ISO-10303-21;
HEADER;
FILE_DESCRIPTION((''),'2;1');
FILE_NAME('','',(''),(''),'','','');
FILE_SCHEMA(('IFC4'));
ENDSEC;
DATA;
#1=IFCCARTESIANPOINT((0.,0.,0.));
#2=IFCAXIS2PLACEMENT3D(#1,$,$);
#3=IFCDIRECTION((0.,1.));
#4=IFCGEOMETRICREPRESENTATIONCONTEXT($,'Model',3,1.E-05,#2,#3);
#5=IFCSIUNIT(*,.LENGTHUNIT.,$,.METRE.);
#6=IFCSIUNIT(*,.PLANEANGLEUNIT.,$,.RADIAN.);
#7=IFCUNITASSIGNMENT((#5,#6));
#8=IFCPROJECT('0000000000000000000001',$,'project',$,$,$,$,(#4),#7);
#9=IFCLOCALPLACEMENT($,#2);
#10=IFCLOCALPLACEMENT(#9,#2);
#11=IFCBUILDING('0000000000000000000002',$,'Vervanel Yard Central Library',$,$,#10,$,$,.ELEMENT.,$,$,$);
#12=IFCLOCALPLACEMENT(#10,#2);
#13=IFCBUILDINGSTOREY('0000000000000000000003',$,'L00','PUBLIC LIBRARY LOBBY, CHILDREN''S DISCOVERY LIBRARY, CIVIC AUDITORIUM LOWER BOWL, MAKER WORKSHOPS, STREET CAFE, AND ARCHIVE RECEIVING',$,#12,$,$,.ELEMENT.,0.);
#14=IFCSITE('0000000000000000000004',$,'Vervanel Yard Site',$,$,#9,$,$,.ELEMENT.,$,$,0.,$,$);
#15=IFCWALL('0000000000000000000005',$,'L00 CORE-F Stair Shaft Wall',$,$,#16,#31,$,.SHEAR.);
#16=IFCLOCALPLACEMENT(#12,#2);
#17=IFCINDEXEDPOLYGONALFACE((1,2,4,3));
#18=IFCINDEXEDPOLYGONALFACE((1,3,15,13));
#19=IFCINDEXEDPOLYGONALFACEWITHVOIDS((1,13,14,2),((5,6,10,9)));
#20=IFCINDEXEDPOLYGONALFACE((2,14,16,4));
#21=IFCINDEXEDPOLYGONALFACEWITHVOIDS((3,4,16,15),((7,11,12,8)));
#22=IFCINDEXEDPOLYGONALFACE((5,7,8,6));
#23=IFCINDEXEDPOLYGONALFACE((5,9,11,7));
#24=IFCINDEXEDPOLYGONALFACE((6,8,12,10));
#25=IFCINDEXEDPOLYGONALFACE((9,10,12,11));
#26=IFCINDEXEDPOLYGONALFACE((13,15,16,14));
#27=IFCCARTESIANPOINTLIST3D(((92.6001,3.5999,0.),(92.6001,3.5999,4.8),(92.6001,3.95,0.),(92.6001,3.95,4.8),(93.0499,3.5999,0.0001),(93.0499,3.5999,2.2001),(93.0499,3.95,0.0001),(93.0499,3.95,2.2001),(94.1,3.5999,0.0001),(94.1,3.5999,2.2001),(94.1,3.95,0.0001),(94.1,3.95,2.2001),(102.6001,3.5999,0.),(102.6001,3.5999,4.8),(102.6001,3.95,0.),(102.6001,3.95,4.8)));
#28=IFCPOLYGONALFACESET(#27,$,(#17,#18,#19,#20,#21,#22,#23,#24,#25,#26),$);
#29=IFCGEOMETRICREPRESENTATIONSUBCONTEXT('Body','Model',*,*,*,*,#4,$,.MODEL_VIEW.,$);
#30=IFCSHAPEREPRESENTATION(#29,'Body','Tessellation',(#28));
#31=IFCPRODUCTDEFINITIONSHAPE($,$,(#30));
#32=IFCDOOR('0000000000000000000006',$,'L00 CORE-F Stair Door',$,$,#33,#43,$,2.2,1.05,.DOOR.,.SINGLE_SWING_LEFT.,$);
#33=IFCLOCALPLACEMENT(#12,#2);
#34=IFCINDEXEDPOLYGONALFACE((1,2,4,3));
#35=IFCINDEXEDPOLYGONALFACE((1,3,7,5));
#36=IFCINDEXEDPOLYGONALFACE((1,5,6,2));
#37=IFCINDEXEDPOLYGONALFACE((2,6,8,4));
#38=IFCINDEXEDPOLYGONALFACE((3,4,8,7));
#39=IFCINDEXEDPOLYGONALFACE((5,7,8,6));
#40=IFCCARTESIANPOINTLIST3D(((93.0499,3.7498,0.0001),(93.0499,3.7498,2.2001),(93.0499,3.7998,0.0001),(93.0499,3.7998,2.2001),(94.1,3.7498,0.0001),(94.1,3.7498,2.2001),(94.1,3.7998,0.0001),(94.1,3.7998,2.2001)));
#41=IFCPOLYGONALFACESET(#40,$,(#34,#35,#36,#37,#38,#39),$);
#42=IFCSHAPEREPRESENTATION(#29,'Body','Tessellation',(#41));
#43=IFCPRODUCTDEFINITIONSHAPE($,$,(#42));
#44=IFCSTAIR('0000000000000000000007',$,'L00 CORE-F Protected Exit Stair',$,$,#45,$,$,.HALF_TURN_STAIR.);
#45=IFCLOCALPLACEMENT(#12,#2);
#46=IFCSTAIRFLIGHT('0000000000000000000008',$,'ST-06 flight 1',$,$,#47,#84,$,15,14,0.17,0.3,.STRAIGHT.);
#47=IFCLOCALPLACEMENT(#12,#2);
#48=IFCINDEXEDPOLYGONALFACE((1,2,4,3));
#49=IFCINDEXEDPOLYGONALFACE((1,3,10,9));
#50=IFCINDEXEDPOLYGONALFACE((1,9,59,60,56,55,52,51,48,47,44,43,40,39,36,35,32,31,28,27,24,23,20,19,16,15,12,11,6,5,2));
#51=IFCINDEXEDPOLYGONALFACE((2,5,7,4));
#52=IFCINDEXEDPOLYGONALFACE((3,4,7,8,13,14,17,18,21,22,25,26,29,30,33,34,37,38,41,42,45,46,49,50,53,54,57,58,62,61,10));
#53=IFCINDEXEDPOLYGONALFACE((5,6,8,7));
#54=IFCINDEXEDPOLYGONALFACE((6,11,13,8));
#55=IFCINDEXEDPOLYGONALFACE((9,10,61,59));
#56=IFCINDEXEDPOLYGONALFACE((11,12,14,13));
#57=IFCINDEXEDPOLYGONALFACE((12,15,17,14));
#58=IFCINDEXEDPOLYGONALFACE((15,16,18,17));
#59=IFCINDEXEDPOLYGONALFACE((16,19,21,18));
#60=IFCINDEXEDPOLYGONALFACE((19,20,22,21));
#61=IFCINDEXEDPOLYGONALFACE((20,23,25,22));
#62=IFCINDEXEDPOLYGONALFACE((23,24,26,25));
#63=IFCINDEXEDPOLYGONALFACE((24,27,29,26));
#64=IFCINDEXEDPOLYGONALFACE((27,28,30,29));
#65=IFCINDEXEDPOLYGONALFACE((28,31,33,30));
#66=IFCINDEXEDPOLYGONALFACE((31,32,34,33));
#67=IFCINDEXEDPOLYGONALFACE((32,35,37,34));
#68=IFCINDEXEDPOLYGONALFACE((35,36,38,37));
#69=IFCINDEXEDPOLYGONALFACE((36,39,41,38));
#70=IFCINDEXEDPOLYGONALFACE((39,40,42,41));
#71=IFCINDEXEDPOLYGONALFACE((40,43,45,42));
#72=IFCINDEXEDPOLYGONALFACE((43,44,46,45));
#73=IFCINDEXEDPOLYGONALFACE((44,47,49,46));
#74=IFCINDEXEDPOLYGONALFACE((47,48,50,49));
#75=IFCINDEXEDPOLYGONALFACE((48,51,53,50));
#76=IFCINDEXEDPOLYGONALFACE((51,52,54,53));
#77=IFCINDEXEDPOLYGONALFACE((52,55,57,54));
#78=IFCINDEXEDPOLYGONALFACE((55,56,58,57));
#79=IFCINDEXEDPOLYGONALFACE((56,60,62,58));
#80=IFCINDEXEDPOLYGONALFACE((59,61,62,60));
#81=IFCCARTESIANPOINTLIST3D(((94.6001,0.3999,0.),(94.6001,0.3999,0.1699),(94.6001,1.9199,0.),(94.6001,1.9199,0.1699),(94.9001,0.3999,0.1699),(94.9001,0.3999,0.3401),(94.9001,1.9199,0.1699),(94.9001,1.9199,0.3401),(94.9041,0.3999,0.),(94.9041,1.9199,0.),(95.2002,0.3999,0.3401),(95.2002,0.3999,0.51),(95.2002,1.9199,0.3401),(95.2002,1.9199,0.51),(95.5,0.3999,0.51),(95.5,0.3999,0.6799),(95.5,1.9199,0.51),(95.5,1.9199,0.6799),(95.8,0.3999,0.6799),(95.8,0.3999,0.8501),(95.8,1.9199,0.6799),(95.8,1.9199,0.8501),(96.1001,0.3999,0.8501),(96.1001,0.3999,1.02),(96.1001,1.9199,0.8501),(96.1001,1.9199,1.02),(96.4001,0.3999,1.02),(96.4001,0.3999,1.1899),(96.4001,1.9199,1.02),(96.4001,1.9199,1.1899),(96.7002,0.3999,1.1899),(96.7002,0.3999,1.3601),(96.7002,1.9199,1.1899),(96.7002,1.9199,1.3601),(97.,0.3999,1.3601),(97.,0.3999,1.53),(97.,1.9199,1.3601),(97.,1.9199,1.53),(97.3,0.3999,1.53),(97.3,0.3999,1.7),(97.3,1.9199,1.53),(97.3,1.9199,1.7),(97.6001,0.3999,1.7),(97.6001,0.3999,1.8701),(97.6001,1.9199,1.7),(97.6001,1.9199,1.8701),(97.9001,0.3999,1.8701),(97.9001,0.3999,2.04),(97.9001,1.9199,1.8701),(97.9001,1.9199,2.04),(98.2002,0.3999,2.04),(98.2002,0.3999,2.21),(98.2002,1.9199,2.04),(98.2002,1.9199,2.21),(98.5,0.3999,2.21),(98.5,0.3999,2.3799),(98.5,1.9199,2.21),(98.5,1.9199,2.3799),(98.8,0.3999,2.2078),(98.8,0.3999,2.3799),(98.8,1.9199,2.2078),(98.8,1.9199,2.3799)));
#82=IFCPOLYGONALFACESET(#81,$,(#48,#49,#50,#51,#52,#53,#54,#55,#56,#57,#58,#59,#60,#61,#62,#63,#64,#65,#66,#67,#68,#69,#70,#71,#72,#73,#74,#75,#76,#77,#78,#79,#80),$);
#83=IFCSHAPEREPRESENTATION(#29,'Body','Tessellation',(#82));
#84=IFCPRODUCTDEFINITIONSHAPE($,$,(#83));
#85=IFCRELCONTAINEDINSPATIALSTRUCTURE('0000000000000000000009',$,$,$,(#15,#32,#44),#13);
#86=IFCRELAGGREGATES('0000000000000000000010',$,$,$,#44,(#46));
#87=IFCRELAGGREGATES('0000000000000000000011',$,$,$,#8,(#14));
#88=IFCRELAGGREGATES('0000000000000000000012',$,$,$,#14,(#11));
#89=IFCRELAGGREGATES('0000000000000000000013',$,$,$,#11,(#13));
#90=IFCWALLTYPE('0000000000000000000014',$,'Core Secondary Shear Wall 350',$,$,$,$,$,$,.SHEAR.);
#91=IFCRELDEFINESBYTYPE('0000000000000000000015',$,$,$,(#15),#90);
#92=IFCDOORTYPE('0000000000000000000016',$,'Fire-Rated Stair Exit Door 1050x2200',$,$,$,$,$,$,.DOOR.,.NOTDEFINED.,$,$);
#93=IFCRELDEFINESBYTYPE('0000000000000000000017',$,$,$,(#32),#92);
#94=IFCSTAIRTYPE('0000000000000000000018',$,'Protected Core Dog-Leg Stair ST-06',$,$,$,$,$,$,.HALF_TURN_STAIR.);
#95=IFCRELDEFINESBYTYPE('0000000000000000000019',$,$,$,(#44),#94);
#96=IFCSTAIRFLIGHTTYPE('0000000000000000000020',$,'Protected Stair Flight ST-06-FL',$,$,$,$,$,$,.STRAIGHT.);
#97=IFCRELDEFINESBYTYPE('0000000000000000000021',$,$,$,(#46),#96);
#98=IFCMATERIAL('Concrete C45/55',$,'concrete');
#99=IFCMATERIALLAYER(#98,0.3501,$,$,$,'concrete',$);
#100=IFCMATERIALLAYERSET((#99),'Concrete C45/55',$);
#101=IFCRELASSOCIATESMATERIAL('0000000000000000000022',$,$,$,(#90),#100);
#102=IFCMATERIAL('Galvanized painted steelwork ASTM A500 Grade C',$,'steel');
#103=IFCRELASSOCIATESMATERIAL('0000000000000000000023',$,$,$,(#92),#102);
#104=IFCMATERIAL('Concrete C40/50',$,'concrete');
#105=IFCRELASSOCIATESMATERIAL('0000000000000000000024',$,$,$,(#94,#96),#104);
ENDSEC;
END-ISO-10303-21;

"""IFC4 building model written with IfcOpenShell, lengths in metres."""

from ifc_helpers import new_model, si_unit, direction, frame, frame_2d, origin, place, context, subcontext, project, spatial, polyline, rectangle, outline, extrude, material, layer, layer_set, type_object, element, fill, aggregate, save


model = new_model("IFC4")

# Units and contexts
model_context = context("Model", 3, precision=1e-05, world=origin(), true_north=direction((0.0, 1.0)))
body_context = subcontext(model_context, "Body", "Model", "MODEL_VIEW")
ifc_project = project(units=[si_unit("LENGTHUNIT", "METRE"), si_unit("PLANEANGLEUNIT", "RADIAN")], contexts=[model_context])

# Site, building, storey
site_placement = place(None, origin())
site = spatial("IfcSite", under=ifc_project, at=site_placement, Name="Vervanel Yard Site", CompositionType="ELEMENT", RefElevation=0.0)
building_placement = place(site_placement, origin())
building = spatial("IfcBuilding", under=site, at=building_placement, Name="Vervanel Yard Central Library", CompositionType="ELEMENT")
storey_placement = place(building_placement, origin())
storey = spatial("IfcBuildingStorey", under=building, at=storey_placement, Name="L00", Description="PUBLIC LIBRARY LOBBY, CHILDREN'S DISCOVERY LIBRARY, CIVIC AUDITORIUM LOWER BOWL, MAKER WORKSHOPS, STREET CAFE, AND ARCHIVE RECEIVING", CompositionType="ELEMENT", Elevation=0.0)

# Shared definitions
ifc_material_1 = material(Name="Concrete C40/50", Category="concrete")

# Shared definitions
ifc_material_2 = material(Name="Concrete C45/55", Category="concrete")

# Wall, opening, door
ifc_layer_1 = layer(ifc_material_2, 0.3501, Category="concrete")
ifc_layer_set_1 = layer_set([ifc_layer_1], Name="Concrete C45/55")
wall_type_1 = type_object("IfcWallType", Name="Core Secondary Shear Wall 350", PredefinedType="SHEAR", material=ifc_layer_set_1)
wall_1_placement = place(storey_placement, frame((92.6001, 3.7749, 0.0), z_axis=(0.0, 0.0, 1.0), x_axis=(1.0, 0.0, 0.0)))
wall_1 = element("IfcWall", 1, at=wall_1_placement, inside=storey, type_object=wall_type_1, Name="L00 CORE-F Stair Shaft Wall", PredefinedType="SHEAR", context=body_context, shape_type="SweptSolid", body=[
    extrude(rectangle(XDim=10.0, YDim=0.3501, at=frame_2d((5.0, 0.0))), origin(), (0.0, 0.0, 1.0), 4.8),
])
opening_1_placement = place(wall_1_placement, frame((0.45, 0.0, 0.0)))
opening_1 = element("IfcOpeningElement", 2, at=opening_1_placement, cuts=wall_1, PredefinedType="OPENING", context=body_context, shape_type="SweptSolid", body=[
    extrude(rectangle(XDim=1.05, YDim=2.2, at=frame_2d((0.5249, 1.1001))), frame((0.0, 0.1851, 0.0), z_axis=(0.0, -1.0, 0.0), x_axis=(1.0, 0.0, 0.0)), (0.0, 0.0, 1.0), 0.3701),
])
ifc_material_3 = material(Name="Galvanized painted steelwork ASTM A500 Grade C", Category="steel")
door_type_1 = type_object("IfcDoorType", Name="Fire-Rated Stair Exit Door 1050x2200", OperationType="NOTDEFINED", PredefinedType="DOOR", material=ifc_material_3)
door_1_placement = place(opening_1_placement, origin())
door_1 = element("IfcDoor", 3, at=door_1_placement, inside=storey, type_object=door_type_1, Name="L00 CORE-F Stair Door", OperationType="SINGLE_SWING_LEFT", OverallHeight=2.2, OverallWidth=1.05, PredefinedType="DOOR", context=body_context, shape_type="SweptSolid", body=[
    extrude(rectangle(XDim=1.05, YDim=2.2, at=frame_2d((0.5249, 1.1001))), frame((0.0, 0.0249, 0.0), z_axis=(0.0, -1.0, 0.0), x_axis=(1.0, 0.0, 0.0)), (0.0, 0.0, 1.0), 0.05),
])
fill(opening_1, door_1)

# Stair, stair flight
stair_type = type_object("IfcStairType", Name="Protected Core Dog-Leg Stair ST-06", PredefinedType="HALF_TURN_STAIR", material=ifc_material_1)
stair_placement = place(storey_placement, origin())
stair = element("IfcStair", 4, at=stair_placement, inside=storey, type_object=stair_type, Name="L00 CORE-F Protected Exit Stair", PredefinedType="HALF_TURN_STAIR")
stair_flight_type = type_object("IfcStairFlightType", Name="Protected Stair Flight ST-06-FL", PredefinedType="STRAIGHT", material=ifc_material_1)
stair_flight_placement = place(storey_placement, frame((94.6001, 1.1599, 0.0), z_axis=(0.0, 0.0, 1.0), x_axis=(1.0, 0.0, 0.0)))
stair_flight = element("IfcStairFlight", 5, at=stair_flight_placement, type_object=stair_flight_type, Name="ST-06 flight 1", NumberOfRisers=15, NumberOfTreads=14, PredefinedType="STRAIGHT", RiserHeight=0.17, TreadLength=0.3, context=body_context, shape_type="SweptSolid", body=[
    extrude(outline(polyline([(0.0, 0.0), (0.0, 0.1699), (0.3, 0.1699), (0.3, 0.3401), (0.6001, 0.3401), (0.6001, 0.51), (0.8999, 0.51), (0.8999, 0.6799), (1.2, 0.6799), (1.2, 0.8501), (1.5, 0.8501), (1.5, 1.02), (1.8, 1.02), (1.8, 1.1899), (2.1001, 1.1899), (2.1001, 1.3601), (2.3999, 1.3601), (2.3999, 1.53), (2.7, 1.53), (2.7, 1.7), (3.0, 1.7), (3.0, 1.8701), (3.3, 1.8701), (3.3, 2.04), (3.6001, 2.04), (3.6001, 2.21), (3.8999, 2.21), (3.8999, 2.3799), (4.2, 2.3799), (4.2, 2.55), (4.2, 2.2078), (0.304, 0.0), (0.0, 0.0)])), frame((0.0, 0.76, 0.0), z_axis=(0.0, -1.0, 0.0), x_axis=(1.0, 0.0, 0.0)), (0.0, 0.0, 1.0), 1.52),
])
aggregate(stair, [stair_flight])

save(model, "model.ifc")
